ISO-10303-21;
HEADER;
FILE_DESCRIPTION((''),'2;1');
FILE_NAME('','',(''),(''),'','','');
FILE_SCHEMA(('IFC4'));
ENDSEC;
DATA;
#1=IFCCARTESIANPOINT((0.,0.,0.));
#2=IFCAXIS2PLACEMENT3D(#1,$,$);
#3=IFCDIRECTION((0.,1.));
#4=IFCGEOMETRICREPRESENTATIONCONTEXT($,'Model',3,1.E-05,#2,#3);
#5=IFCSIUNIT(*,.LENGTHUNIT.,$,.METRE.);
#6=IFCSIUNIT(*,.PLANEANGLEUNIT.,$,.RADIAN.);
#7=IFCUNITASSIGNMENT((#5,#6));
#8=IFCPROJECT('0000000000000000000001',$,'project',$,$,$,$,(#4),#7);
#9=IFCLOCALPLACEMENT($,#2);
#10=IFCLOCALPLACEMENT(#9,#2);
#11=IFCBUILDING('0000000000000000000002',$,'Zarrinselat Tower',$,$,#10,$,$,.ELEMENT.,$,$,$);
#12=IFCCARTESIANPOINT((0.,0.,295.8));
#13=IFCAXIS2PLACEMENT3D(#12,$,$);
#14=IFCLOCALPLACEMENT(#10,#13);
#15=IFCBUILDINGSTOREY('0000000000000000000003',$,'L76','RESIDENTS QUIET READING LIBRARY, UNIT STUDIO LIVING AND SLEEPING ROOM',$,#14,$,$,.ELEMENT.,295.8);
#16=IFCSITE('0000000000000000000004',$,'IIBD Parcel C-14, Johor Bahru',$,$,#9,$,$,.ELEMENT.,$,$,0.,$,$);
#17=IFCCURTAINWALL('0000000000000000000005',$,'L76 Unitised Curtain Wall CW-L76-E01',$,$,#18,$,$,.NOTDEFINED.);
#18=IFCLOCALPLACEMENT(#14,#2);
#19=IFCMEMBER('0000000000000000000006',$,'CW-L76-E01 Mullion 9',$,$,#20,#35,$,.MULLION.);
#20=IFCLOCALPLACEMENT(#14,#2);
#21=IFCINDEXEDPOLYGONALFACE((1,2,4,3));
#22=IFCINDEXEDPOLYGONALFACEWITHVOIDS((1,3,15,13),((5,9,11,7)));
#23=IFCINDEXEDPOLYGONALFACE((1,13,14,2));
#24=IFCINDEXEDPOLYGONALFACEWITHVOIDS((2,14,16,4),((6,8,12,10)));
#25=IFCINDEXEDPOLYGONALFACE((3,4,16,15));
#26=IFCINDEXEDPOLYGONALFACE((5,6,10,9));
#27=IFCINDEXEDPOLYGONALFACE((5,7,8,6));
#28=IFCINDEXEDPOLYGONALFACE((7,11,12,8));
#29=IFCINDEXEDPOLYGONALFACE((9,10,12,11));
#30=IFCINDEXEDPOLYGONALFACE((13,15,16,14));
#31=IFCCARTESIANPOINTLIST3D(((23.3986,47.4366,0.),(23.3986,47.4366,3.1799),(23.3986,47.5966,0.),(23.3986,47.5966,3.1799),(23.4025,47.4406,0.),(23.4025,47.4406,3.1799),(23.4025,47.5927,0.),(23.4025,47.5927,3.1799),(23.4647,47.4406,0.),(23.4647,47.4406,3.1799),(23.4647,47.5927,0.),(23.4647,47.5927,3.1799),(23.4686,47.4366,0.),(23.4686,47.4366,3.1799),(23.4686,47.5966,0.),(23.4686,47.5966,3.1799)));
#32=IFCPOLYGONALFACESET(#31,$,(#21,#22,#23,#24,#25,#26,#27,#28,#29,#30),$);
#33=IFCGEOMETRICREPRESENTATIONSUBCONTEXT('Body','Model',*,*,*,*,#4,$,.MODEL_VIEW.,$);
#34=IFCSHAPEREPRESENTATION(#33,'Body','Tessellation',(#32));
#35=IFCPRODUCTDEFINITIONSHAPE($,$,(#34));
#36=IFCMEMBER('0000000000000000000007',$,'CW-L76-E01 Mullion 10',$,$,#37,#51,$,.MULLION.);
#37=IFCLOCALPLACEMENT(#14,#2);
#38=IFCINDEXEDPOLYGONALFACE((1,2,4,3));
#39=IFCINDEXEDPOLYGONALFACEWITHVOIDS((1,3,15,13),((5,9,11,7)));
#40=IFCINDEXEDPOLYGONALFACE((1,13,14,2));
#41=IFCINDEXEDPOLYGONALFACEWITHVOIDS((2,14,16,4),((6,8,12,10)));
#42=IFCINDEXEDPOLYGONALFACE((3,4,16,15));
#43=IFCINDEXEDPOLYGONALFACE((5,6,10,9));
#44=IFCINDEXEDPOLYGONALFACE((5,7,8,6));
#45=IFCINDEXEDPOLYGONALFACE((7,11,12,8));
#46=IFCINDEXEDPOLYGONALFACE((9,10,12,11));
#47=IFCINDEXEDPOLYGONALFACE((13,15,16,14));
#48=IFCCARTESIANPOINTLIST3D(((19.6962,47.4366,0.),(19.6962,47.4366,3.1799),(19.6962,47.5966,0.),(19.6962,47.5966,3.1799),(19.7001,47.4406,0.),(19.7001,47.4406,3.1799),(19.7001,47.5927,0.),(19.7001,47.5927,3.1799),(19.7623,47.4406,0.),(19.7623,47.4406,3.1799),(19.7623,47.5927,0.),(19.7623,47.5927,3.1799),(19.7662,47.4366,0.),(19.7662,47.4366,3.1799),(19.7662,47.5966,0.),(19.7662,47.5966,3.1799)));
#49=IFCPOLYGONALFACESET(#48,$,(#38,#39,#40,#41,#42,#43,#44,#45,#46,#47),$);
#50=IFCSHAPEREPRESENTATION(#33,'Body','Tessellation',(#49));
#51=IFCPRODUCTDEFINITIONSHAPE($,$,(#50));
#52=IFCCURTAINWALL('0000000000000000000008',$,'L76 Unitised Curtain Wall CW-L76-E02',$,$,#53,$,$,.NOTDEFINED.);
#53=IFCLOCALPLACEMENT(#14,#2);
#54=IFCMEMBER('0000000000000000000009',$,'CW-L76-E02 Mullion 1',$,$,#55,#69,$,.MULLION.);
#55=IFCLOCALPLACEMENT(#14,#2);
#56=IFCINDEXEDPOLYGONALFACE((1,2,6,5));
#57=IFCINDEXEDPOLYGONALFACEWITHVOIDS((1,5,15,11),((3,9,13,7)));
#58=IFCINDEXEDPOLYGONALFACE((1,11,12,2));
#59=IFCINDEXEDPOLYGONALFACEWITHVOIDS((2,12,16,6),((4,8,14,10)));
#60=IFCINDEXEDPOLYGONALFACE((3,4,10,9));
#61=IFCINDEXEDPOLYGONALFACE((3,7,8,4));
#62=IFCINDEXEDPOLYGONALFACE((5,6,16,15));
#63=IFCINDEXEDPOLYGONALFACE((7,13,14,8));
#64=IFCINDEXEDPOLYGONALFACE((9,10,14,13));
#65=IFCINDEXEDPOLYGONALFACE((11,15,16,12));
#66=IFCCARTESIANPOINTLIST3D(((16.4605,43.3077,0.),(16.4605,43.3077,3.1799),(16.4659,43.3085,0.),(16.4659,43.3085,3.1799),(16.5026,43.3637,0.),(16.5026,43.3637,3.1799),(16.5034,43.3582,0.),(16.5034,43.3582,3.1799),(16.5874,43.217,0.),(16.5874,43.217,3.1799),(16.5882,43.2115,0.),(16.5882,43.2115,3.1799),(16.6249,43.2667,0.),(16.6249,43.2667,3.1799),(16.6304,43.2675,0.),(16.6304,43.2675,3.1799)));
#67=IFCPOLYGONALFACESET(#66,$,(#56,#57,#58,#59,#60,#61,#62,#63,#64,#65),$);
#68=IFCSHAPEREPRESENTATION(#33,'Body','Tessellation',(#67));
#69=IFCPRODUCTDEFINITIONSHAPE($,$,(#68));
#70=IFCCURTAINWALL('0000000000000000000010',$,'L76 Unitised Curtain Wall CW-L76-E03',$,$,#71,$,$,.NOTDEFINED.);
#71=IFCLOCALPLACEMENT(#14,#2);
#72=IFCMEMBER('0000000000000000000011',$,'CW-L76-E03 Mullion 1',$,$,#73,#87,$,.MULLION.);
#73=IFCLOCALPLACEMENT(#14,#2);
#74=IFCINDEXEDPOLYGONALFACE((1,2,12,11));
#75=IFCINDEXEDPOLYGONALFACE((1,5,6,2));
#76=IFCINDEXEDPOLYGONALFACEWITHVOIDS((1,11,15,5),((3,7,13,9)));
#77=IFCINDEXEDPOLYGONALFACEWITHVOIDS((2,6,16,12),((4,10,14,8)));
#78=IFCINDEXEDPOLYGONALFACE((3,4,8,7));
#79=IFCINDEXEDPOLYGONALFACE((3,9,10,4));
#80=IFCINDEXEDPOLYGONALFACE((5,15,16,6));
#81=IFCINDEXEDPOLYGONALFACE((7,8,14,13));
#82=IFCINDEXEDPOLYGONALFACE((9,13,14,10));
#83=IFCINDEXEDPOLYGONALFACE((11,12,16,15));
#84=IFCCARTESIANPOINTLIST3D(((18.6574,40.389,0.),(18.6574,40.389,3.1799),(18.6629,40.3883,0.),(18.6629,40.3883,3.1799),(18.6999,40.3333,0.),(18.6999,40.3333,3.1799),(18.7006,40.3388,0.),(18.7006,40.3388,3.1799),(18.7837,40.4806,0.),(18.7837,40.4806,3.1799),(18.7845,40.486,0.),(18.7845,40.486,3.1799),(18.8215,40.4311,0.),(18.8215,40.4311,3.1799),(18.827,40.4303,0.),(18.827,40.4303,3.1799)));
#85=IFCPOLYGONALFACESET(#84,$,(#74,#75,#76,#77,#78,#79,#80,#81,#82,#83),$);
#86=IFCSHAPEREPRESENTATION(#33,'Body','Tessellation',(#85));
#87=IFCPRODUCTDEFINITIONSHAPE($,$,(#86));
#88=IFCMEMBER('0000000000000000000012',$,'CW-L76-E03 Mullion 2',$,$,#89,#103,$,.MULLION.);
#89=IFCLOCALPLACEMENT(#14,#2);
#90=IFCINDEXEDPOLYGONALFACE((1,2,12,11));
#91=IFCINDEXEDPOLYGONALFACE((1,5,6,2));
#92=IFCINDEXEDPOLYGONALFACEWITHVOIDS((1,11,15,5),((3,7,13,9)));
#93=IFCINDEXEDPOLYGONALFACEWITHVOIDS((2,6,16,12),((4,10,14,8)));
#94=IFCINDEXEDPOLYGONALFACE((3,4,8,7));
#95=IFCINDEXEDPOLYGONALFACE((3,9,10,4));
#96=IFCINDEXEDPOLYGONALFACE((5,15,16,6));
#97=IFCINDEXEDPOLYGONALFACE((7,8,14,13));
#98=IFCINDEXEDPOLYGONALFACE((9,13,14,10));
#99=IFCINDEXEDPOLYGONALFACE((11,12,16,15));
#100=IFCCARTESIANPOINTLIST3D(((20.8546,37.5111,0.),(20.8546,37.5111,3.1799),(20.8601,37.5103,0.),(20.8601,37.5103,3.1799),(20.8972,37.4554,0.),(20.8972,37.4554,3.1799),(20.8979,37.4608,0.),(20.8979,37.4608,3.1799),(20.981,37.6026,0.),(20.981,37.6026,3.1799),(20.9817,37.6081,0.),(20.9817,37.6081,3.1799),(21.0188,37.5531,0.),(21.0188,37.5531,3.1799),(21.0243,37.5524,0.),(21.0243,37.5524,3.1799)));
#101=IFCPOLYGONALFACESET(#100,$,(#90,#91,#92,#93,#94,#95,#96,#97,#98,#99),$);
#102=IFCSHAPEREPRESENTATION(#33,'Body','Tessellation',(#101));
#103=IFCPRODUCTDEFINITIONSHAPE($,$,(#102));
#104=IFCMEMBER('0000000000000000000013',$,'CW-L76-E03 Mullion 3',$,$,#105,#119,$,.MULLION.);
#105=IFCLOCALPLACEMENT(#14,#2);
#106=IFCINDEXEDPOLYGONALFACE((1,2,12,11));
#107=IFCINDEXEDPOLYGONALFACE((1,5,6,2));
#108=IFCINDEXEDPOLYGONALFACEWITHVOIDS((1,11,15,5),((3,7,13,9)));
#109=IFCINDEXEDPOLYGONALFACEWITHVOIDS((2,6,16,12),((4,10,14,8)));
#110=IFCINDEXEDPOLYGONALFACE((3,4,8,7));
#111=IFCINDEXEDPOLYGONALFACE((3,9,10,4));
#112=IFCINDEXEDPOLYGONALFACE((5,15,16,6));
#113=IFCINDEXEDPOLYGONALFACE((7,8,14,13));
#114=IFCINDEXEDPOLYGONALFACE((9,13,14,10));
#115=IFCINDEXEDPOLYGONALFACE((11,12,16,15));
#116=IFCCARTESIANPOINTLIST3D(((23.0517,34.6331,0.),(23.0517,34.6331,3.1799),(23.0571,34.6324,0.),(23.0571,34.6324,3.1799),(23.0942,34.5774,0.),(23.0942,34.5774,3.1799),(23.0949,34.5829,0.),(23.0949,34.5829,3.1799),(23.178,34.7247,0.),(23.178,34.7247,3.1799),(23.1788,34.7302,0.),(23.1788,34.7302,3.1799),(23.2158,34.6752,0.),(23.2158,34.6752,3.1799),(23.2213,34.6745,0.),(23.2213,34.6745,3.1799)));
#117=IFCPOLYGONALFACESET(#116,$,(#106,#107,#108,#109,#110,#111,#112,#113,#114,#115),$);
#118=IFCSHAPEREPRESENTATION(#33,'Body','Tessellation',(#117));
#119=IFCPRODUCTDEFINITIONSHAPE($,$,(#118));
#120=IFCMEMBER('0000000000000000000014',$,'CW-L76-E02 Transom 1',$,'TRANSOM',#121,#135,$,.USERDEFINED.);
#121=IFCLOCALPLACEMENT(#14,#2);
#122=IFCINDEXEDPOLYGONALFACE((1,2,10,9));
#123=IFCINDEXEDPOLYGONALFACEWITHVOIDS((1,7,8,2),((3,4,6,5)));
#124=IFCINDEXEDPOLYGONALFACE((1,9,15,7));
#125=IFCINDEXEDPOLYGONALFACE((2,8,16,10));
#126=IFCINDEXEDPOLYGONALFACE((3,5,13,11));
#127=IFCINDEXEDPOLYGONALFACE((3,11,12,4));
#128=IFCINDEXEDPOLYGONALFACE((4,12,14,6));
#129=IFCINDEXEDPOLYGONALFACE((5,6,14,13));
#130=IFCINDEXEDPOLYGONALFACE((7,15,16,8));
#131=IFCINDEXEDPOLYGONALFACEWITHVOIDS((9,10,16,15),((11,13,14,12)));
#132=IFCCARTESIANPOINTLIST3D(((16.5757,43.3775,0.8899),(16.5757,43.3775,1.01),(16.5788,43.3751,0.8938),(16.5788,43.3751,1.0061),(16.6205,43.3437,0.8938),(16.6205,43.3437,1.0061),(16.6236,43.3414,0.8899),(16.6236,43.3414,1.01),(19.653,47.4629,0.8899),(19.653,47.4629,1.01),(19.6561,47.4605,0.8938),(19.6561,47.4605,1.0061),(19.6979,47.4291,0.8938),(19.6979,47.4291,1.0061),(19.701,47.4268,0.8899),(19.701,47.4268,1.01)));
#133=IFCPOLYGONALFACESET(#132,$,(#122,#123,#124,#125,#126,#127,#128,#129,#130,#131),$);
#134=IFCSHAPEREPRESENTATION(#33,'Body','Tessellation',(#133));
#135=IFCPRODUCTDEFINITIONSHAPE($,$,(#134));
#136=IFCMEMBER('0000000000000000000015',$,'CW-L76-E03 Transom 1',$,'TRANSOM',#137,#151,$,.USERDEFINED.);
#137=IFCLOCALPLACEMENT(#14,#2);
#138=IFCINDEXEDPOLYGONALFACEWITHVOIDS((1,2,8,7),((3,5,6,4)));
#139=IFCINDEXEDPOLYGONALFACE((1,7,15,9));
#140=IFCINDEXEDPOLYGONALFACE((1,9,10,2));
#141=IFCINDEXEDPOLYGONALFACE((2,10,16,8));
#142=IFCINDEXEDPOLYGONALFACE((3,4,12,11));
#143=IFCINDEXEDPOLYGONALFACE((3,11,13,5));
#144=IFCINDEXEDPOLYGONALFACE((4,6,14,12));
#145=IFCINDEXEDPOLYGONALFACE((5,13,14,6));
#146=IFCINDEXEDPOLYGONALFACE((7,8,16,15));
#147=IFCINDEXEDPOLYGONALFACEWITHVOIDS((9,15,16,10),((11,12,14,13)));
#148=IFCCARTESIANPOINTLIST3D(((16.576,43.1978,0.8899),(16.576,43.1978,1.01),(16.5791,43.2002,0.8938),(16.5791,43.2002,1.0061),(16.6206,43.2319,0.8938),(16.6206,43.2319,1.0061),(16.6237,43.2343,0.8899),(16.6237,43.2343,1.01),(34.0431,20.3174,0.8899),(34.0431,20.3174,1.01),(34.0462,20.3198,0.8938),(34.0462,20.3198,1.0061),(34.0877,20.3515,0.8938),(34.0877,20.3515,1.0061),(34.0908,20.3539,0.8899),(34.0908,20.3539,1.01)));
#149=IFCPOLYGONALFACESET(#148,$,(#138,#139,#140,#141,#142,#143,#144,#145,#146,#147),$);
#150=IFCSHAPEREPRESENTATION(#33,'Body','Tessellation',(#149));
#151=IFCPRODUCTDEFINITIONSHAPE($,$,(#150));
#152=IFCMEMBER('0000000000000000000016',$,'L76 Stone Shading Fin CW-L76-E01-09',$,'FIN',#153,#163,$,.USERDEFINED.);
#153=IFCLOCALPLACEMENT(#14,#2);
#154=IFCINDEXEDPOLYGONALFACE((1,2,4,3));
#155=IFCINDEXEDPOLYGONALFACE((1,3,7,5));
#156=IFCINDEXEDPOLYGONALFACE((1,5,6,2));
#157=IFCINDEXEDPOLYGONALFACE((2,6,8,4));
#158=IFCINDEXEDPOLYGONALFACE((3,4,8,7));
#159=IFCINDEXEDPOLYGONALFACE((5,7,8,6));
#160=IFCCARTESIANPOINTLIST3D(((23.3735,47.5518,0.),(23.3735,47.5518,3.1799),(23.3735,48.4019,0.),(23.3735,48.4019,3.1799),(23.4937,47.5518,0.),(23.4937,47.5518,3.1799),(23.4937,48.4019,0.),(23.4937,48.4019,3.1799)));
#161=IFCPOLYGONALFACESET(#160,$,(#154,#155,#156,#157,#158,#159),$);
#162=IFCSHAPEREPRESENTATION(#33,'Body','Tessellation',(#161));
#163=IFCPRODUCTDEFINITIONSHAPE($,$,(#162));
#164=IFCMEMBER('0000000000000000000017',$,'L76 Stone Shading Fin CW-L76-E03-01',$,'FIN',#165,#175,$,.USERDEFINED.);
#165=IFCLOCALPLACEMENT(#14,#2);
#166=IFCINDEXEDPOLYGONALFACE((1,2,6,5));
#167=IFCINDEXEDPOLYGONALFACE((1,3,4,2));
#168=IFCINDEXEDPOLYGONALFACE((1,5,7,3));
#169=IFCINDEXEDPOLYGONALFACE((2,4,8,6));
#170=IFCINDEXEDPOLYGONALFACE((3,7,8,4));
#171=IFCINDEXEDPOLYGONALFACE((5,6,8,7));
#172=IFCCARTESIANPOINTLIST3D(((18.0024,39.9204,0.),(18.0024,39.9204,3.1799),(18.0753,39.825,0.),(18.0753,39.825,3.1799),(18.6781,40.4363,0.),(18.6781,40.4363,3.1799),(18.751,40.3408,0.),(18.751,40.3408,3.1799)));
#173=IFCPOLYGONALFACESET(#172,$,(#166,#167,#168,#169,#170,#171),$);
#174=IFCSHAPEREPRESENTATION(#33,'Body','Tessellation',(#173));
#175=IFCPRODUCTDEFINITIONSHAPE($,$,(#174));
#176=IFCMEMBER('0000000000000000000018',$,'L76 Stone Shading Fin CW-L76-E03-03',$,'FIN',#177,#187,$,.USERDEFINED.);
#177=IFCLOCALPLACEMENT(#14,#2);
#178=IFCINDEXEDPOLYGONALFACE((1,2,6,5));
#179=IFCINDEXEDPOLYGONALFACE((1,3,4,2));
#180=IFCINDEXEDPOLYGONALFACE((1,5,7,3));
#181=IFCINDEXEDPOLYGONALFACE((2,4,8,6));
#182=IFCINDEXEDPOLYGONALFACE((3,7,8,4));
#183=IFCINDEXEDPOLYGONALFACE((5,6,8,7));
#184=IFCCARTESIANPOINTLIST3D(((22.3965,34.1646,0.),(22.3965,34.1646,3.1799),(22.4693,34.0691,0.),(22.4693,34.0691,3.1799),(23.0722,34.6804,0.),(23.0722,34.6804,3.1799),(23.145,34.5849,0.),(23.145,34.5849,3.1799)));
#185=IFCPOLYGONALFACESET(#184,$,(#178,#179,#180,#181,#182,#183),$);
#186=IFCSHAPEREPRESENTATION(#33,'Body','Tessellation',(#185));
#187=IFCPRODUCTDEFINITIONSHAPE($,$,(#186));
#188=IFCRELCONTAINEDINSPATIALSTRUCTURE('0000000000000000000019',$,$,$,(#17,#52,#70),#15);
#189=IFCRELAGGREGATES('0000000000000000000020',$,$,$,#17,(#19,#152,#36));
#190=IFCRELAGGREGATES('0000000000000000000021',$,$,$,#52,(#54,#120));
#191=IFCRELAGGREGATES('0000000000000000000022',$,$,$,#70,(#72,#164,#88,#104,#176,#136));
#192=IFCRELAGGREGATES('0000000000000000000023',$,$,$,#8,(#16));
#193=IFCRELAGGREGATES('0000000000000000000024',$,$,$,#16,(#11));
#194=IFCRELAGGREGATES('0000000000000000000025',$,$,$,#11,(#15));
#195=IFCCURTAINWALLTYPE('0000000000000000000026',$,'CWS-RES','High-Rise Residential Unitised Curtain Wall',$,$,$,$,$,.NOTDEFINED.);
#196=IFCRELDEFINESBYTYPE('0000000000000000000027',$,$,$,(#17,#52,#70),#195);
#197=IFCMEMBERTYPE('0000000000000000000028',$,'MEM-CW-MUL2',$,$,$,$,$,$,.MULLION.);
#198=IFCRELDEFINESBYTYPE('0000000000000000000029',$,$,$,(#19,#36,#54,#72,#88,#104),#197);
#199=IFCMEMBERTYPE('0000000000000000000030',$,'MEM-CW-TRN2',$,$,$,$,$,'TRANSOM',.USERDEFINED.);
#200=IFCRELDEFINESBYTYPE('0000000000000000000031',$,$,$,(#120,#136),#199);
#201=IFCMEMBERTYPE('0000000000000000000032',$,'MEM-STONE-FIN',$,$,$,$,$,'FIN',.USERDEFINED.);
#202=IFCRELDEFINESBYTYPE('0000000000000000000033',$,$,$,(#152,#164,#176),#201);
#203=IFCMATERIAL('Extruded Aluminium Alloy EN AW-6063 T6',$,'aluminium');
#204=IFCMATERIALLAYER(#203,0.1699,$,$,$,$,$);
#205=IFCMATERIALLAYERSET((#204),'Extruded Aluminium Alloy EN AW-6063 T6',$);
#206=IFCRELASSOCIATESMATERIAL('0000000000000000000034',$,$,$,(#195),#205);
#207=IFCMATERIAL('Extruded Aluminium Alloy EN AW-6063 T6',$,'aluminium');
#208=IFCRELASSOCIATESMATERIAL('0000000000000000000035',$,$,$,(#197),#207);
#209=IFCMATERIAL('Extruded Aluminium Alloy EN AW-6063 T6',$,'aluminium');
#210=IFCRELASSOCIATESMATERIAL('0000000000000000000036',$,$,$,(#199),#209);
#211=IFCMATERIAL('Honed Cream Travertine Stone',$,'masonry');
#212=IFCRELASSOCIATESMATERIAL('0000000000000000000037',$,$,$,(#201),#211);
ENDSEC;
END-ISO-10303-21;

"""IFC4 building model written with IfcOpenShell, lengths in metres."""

from ifc_helpers import new_model, si_unit, direction, frame, origin, origin_2d, place, context, subcontext, project, spatial, rectangle, hollow_rectangle, extrude, material, layer, layer_set, material_profile, profile_set, type_object, element, aggregate, save


model = new_model("IFC4")

# Units and contexts
model_context = context("Model", 3, precision=1e-05, world=origin(), true_north=direction((0.0, 1.0)))
body_context = subcontext(model_context, "Body", "Model", "MODEL_VIEW")
ifc_project = project(units=[si_unit("LENGTHUNIT", "METRE"), si_unit("PLANEANGLEUNIT", "RADIAN")], contexts=[model_context])

# Site, building, storey
site_placement = place(None, origin())
site = spatial("IfcSite", under=ifc_project, at=site_placement, Name="IIBD Parcel C-14, Johor Bahru", CompositionType="ELEMENT", RefElevation=0.0)
building_placement = place(site_placement, origin())
building = spatial("IfcBuilding", under=site, at=building_placement, Name="Zarrinselat Tower", CompositionType="ELEMENT")
storey_placement = place(building_placement, frame((0.0, 0.0, 295.8)))
storey = spatial("IfcBuildingStorey", under=building, at=storey_placement, Name="L76", Description="RESIDENTS QUIET READING LIBRARY, UNIT STUDIO LIVING AND SLEEPING ROOM", CompositionType="ELEMENT", Elevation=295.8)

# Curtain wall, members
ifc_material_1 = material(Name="Extruded Aluminium Alloy EN AW-6063 T6", Category="aluminium")
ifc_layer_1 = layer(ifc_material_1, 0.1699)
ifc_layer_set_1 = layer_set([ifc_layer_1], Name="Extruded Aluminium Alloy EN AW-6063 T6")
curtain_wall_type = type_object("IfcCurtainWallType", Name="CWS-RES", Description="High-Rise Residential Unitised Curtain Wall", PredefinedType="NOTDEFINED", material=ifc_layer_set_1)
curtain_wall_1_placement = place(storey_placement, origin())
curtain_wall_1 = element("IfcCurtainWall", 1, at=curtain_wall_1_placement, inside=storey, type_object=curtain_wall_type, Name="L76 Unitised Curtain Wall CW-L76-E01", PredefinedType="NOTDEFINED")
ifc_material_2 = material(Name="Extruded Aluminium Alloy EN AW-6063 T6", Category="aluminium")
ifc_material_profile_1 = material_profile(ifc_material_2, hollow_rectangle(XDim=0.0701, YDim=0.1599, WallThickness=0.0039, at=origin_2d()), Name="RHS 160x70x4")
ifc_profile_set_1 = profile_set([ifc_material_profile_1], Name="Extruded Aluminium Alloy EN AW-6063 T6")
member_type_1 = type_object("IfcMemberType", Name="MEM-CW-MUL2", PredefinedType="MULLION", material=ifc_profile_set_1)
member_1_placement = place(storey_placement, frame((23.4336, 47.5166, 0.0), z_axis=(0.0, 0.0, 1.0), x_axis=(-1.0, 0.0, 0.0)))
member_1 = element("IfcMember", 2, at=member_1_placement, type_object=member_type_1, Name="CW-L76-E01 Mullion 9", PredefinedType="MULLION", context=body_context, shape_type="SweptSolid", body=[
    extrude(hollow_rectangle(XDim=0.0701, YDim=0.1599, WallThickness=0.0039, at=origin_2d()), origin(), (0.0, 0.0, 1.0), 3.1799),
])
member_2_placement = place(storey_placement, frame((19.7312, 47.5166, 0.0), z_axis=(0.0, 0.0, 1.0), x_axis=(-1.0, 0.0, 0.0)))
member_2 = element("IfcMember", 3, at=member_2_placement, type_object=member_type_1, Name="CW-L76-E01 Mullion 10", PredefinedType="MULLION", context=body_context, shape_type="SweptSolid", body=[
    extrude(hollow_rectangle(XDim=0.0701, YDim=0.1599, WallThickness=0.0039, at=origin_2d()), origin(), (0.0, 0.0, 1.0), 3.1799),
])

# Curtain wall, member
curtain_wall_2_placement = place(storey_placement, origin())
curtain_wall_2 = element("IfcCurtainWall", 4, at=curtain_wall_2_placement, inside=storey, type_object=curtain_wall_type, Name="L76 Unitised Curtain Wall CW-L76-E02", PredefinedType="NOTDEFINED")
member_3_placement = place(storey_placement, frame((16.5454, 43.2876, 0.0), z_axis=(0.0, 0.0, 1.0), x_axis=(-0.601679, -0.798738, 0.0)))
member_3 = element("IfcMember", 5, at=member_3_placement, type_object=member_type_1, Name="CW-L76-E02 Mullion 1", PredefinedType="MULLION", context=body_context, shape_type="SweptSolid", body=[
    extrude(hollow_rectangle(XDim=0.0701, YDim=0.1599, WallThickness=0.0039, at=origin_2d()), origin(), (0.0, 0.0, 1.0), 3.1799),
])

# Curtain wall, members
curtain_wall_3_placement = place(storey_placement, origin())
curtain_wall_3 = element("IfcCurtainWall", 6, at=curtain_wall_3_placement, inside=storey, type_object=curtain_wall_type, Name="L76 Unitised Curtain Wall CW-L76-E03", PredefinedType="NOTDEFINED")
member_4_placement = place(storey_placement, frame((18.7422, 40.4097, 0.0), z_axis=(0.0, 0.0, 1.0), x_axis=(0.606802, -0.794853, 0.0)))
member_4 = element("IfcMember", 7, at=member_4_placement, type_object=member_type_1, Name="CW-L76-E03 Mullion 1", PredefinedType="MULLION", context=body_context, shape_type="SweptSolid", body=[
    extrude(hollow_rectangle(XDim=0.0701, YDim=0.1599, WallThickness=0.0039, at=origin_2d()), origin(), (0.0, 0.0, 1.0), 3.1799),
])
member_5_placement = place(storey_placement, frame((20.9395, 37.5317, 0.0), z_axis=(0.0, 0.0, 1.0), x_axis=(0.606802, -0.794853, 0.0)))
member_5 = element("IfcMember", 8, at=member_5_placement, type_object=member_type_1, Name="CW-L76-E03 Mullion 2", PredefinedType="MULLION", context=body_context, shape_type="SweptSolid", body=[
    extrude(hollow_rectangle(XDim=0.0701, YDim=0.1599, WallThickness=0.0039, at=origin_2d()), origin(), (0.0, 0.0, 1.0), 3.1799),
])
member_6_placement = place(storey_placement, frame((23.1365, 34.6538, 0.0), z_axis=(0.0, 0.0, 1.0), x_axis=(0.606802, -0.794853, 0.0)))
member_6 = element("IfcMember", 9, at=member_6_placement, type_object=member_type_1, Name="CW-L76-E03 Mullion 3", PredefinedType="MULLION", context=body_context, shape_type="SweptSolid", body=[
    extrude(hollow_rectangle(XDim=0.0701, YDim=0.1599, WallThickness=0.0039, at=origin_2d()), origin(), (0.0, 0.0, 1.0), 3.1799),
])

# Members
ifc_material_3 = material(Name="Extruded Aluminium Alloy EN AW-6063 T6", Category="aluminium")
ifc_material_profile_2 = material_profile(ifc_material_3, hollow_rectangle(XDim=0.0601, YDim=0.1201, WallThickness=0.0039, at=origin_2d()), Name="RHS 120x60x4")
ifc_profile_set_2 = profile_set([ifc_material_profile_2], Name="Extruded Aluminium Alloy EN AW-6063 T6")
member_type_2 = type_object("IfcMemberType", Name="MEM-CW-TRN2", ElementType="TRANSOM", PredefinedType="USERDEFINED", material=ifc_profile_set_2)
member_7_placement = place(storey_placement, frame((19.677, 47.4448, 0.95), z_axis=(-0.601664, -0.79875, 0.0), x_axis=(0.79875, -0.601664, 0.0)))
member_7 = element("IfcMember", 10, at=member_7_placement, type_object=member_type_2, Name="CW-L76-E02 Transom 1", ObjectType="TRANSOM", PredefinedType="USERDEFINED", context=body_context, shape_type="SweptSolid", body=[
    extrude(hollow_rectangle(XDim=0.0601, YDim=0.1201, WallThickness=0.0039, at=origin_2d()), origin(), (0.0, 0.0, 1.0), 5.1147),
])
member_8_placement = place(storey_placement, frame((16.5999, 43.2161, 0.95), z_axis=(0.606799, -0.794856, 0.0), x_axis=(0.794856, 0.606799, 0.0)))
member_8 = element("IfcMember", 11, at=member_8_placement, type_object=member_type_2, Name="CW-L76-E03 Transom 1", ObjectType="TRANSOM", PredefinedType="USERDEFINED", context=body_context, shape_type="SweptSolid", body=[
    extrude(hollow_rectangle(XDim=0.0601, YDim=0.1201, WallThickness=0.0039, at=origin_2d()), origin(), (0.0, 0.0, 1.0), 28.7856),
])
ifc_material_4 = material(Name="Honed Cream Travertine Stone", Category="masonry")
ifc_material_profile_3 = material_profile(ifc_material_4, rectangle(XDim=0.1201, YDim=0.8501, at=origin_2d()), Name="FIN 850x120")
ifc_profile_set_3 = profile_set([ifc_material_profile_3], Name="Honed Cream Travertine Stone")
member_type_3 = type_object("IfcMemberType", Name="MEM-STONE-FIN", ElementType="FIN", PredefinedType="USERDEFINED", material=ifc_profile_set_3)
member_9_placement = place(storey_placement, frame((23.4336, 47.9768, 0.0), z_axis=(0.0, 0.0, 1.0), x_axis=(1.0, 0.0, 0.0)))
member_9 = element("IfcMember", 12, at=member_9_placement, type_object=member_type_3, Name="L76 Stone Shading Fin CW-L76-E01-09", ObjectType="FIN", PredefinedType="USERDEFINED", context=body_context, shape_type="SweptSolid", body=[
    extrude(rectangle(XDim=0.1201, YDim=0.8501, at=origin_2d()), origin(), (0.0, 0.0, 1.0), 3.1799),
])
member_10_placement = place(storey_placement, frame((18.3767, 40.1306, 0.0), z_axis=(0.0, 0.0, 1.0), x_axis=(-0.606802, 0.794853, 0.0)))
member_10 = element("IfcMember", 13, at=member_10_placement, type_object=member_type_3, Name="L76 Stone Shading Fin CW-L76-E03-01", ObjectType="FIN", PredefinedType="USERDEFINED", context=body_context, shape_type="SweptSolid", body=[
    extrude(rectangle(XDim=0.1201, YDim=0.8501, at=origin_2d()), origin(), (0.0, 0.0, 1.0), 3.1799),
])
member_11_placement = place(storey_placement, frame((22.7708, 34.3748, 0.0), z_axis=(0.0, 0.0, 1.0), x_axis=(-0.606802, 0.794853, 0.0)))
member_11 = element("IfcMember", 14, at=member_11_placement, type_object=member_type_3, Name="L76 Stone Shading Fin CW-L76-E03-03", ObjectType="FIN", PredefinedType="USERDEFINED", context=body_context, shape_type="SweptSolid", body=[
    extrude(rectangle(XDim=0.1201, YDim=0.8501, at=origin_2d()), origin(), (0.0, 0.0, 1.0), 3.1799),
])

aggregate(curtain_wall_1, [member_1, member_9, member_2])
aggregate(curtain_wall_2, [member_3, member_7])
aggregate(curtain_wall_3, [member_4, member_10, member_5, member_6, member_11, member_8])

save(model, "model.ifc")
